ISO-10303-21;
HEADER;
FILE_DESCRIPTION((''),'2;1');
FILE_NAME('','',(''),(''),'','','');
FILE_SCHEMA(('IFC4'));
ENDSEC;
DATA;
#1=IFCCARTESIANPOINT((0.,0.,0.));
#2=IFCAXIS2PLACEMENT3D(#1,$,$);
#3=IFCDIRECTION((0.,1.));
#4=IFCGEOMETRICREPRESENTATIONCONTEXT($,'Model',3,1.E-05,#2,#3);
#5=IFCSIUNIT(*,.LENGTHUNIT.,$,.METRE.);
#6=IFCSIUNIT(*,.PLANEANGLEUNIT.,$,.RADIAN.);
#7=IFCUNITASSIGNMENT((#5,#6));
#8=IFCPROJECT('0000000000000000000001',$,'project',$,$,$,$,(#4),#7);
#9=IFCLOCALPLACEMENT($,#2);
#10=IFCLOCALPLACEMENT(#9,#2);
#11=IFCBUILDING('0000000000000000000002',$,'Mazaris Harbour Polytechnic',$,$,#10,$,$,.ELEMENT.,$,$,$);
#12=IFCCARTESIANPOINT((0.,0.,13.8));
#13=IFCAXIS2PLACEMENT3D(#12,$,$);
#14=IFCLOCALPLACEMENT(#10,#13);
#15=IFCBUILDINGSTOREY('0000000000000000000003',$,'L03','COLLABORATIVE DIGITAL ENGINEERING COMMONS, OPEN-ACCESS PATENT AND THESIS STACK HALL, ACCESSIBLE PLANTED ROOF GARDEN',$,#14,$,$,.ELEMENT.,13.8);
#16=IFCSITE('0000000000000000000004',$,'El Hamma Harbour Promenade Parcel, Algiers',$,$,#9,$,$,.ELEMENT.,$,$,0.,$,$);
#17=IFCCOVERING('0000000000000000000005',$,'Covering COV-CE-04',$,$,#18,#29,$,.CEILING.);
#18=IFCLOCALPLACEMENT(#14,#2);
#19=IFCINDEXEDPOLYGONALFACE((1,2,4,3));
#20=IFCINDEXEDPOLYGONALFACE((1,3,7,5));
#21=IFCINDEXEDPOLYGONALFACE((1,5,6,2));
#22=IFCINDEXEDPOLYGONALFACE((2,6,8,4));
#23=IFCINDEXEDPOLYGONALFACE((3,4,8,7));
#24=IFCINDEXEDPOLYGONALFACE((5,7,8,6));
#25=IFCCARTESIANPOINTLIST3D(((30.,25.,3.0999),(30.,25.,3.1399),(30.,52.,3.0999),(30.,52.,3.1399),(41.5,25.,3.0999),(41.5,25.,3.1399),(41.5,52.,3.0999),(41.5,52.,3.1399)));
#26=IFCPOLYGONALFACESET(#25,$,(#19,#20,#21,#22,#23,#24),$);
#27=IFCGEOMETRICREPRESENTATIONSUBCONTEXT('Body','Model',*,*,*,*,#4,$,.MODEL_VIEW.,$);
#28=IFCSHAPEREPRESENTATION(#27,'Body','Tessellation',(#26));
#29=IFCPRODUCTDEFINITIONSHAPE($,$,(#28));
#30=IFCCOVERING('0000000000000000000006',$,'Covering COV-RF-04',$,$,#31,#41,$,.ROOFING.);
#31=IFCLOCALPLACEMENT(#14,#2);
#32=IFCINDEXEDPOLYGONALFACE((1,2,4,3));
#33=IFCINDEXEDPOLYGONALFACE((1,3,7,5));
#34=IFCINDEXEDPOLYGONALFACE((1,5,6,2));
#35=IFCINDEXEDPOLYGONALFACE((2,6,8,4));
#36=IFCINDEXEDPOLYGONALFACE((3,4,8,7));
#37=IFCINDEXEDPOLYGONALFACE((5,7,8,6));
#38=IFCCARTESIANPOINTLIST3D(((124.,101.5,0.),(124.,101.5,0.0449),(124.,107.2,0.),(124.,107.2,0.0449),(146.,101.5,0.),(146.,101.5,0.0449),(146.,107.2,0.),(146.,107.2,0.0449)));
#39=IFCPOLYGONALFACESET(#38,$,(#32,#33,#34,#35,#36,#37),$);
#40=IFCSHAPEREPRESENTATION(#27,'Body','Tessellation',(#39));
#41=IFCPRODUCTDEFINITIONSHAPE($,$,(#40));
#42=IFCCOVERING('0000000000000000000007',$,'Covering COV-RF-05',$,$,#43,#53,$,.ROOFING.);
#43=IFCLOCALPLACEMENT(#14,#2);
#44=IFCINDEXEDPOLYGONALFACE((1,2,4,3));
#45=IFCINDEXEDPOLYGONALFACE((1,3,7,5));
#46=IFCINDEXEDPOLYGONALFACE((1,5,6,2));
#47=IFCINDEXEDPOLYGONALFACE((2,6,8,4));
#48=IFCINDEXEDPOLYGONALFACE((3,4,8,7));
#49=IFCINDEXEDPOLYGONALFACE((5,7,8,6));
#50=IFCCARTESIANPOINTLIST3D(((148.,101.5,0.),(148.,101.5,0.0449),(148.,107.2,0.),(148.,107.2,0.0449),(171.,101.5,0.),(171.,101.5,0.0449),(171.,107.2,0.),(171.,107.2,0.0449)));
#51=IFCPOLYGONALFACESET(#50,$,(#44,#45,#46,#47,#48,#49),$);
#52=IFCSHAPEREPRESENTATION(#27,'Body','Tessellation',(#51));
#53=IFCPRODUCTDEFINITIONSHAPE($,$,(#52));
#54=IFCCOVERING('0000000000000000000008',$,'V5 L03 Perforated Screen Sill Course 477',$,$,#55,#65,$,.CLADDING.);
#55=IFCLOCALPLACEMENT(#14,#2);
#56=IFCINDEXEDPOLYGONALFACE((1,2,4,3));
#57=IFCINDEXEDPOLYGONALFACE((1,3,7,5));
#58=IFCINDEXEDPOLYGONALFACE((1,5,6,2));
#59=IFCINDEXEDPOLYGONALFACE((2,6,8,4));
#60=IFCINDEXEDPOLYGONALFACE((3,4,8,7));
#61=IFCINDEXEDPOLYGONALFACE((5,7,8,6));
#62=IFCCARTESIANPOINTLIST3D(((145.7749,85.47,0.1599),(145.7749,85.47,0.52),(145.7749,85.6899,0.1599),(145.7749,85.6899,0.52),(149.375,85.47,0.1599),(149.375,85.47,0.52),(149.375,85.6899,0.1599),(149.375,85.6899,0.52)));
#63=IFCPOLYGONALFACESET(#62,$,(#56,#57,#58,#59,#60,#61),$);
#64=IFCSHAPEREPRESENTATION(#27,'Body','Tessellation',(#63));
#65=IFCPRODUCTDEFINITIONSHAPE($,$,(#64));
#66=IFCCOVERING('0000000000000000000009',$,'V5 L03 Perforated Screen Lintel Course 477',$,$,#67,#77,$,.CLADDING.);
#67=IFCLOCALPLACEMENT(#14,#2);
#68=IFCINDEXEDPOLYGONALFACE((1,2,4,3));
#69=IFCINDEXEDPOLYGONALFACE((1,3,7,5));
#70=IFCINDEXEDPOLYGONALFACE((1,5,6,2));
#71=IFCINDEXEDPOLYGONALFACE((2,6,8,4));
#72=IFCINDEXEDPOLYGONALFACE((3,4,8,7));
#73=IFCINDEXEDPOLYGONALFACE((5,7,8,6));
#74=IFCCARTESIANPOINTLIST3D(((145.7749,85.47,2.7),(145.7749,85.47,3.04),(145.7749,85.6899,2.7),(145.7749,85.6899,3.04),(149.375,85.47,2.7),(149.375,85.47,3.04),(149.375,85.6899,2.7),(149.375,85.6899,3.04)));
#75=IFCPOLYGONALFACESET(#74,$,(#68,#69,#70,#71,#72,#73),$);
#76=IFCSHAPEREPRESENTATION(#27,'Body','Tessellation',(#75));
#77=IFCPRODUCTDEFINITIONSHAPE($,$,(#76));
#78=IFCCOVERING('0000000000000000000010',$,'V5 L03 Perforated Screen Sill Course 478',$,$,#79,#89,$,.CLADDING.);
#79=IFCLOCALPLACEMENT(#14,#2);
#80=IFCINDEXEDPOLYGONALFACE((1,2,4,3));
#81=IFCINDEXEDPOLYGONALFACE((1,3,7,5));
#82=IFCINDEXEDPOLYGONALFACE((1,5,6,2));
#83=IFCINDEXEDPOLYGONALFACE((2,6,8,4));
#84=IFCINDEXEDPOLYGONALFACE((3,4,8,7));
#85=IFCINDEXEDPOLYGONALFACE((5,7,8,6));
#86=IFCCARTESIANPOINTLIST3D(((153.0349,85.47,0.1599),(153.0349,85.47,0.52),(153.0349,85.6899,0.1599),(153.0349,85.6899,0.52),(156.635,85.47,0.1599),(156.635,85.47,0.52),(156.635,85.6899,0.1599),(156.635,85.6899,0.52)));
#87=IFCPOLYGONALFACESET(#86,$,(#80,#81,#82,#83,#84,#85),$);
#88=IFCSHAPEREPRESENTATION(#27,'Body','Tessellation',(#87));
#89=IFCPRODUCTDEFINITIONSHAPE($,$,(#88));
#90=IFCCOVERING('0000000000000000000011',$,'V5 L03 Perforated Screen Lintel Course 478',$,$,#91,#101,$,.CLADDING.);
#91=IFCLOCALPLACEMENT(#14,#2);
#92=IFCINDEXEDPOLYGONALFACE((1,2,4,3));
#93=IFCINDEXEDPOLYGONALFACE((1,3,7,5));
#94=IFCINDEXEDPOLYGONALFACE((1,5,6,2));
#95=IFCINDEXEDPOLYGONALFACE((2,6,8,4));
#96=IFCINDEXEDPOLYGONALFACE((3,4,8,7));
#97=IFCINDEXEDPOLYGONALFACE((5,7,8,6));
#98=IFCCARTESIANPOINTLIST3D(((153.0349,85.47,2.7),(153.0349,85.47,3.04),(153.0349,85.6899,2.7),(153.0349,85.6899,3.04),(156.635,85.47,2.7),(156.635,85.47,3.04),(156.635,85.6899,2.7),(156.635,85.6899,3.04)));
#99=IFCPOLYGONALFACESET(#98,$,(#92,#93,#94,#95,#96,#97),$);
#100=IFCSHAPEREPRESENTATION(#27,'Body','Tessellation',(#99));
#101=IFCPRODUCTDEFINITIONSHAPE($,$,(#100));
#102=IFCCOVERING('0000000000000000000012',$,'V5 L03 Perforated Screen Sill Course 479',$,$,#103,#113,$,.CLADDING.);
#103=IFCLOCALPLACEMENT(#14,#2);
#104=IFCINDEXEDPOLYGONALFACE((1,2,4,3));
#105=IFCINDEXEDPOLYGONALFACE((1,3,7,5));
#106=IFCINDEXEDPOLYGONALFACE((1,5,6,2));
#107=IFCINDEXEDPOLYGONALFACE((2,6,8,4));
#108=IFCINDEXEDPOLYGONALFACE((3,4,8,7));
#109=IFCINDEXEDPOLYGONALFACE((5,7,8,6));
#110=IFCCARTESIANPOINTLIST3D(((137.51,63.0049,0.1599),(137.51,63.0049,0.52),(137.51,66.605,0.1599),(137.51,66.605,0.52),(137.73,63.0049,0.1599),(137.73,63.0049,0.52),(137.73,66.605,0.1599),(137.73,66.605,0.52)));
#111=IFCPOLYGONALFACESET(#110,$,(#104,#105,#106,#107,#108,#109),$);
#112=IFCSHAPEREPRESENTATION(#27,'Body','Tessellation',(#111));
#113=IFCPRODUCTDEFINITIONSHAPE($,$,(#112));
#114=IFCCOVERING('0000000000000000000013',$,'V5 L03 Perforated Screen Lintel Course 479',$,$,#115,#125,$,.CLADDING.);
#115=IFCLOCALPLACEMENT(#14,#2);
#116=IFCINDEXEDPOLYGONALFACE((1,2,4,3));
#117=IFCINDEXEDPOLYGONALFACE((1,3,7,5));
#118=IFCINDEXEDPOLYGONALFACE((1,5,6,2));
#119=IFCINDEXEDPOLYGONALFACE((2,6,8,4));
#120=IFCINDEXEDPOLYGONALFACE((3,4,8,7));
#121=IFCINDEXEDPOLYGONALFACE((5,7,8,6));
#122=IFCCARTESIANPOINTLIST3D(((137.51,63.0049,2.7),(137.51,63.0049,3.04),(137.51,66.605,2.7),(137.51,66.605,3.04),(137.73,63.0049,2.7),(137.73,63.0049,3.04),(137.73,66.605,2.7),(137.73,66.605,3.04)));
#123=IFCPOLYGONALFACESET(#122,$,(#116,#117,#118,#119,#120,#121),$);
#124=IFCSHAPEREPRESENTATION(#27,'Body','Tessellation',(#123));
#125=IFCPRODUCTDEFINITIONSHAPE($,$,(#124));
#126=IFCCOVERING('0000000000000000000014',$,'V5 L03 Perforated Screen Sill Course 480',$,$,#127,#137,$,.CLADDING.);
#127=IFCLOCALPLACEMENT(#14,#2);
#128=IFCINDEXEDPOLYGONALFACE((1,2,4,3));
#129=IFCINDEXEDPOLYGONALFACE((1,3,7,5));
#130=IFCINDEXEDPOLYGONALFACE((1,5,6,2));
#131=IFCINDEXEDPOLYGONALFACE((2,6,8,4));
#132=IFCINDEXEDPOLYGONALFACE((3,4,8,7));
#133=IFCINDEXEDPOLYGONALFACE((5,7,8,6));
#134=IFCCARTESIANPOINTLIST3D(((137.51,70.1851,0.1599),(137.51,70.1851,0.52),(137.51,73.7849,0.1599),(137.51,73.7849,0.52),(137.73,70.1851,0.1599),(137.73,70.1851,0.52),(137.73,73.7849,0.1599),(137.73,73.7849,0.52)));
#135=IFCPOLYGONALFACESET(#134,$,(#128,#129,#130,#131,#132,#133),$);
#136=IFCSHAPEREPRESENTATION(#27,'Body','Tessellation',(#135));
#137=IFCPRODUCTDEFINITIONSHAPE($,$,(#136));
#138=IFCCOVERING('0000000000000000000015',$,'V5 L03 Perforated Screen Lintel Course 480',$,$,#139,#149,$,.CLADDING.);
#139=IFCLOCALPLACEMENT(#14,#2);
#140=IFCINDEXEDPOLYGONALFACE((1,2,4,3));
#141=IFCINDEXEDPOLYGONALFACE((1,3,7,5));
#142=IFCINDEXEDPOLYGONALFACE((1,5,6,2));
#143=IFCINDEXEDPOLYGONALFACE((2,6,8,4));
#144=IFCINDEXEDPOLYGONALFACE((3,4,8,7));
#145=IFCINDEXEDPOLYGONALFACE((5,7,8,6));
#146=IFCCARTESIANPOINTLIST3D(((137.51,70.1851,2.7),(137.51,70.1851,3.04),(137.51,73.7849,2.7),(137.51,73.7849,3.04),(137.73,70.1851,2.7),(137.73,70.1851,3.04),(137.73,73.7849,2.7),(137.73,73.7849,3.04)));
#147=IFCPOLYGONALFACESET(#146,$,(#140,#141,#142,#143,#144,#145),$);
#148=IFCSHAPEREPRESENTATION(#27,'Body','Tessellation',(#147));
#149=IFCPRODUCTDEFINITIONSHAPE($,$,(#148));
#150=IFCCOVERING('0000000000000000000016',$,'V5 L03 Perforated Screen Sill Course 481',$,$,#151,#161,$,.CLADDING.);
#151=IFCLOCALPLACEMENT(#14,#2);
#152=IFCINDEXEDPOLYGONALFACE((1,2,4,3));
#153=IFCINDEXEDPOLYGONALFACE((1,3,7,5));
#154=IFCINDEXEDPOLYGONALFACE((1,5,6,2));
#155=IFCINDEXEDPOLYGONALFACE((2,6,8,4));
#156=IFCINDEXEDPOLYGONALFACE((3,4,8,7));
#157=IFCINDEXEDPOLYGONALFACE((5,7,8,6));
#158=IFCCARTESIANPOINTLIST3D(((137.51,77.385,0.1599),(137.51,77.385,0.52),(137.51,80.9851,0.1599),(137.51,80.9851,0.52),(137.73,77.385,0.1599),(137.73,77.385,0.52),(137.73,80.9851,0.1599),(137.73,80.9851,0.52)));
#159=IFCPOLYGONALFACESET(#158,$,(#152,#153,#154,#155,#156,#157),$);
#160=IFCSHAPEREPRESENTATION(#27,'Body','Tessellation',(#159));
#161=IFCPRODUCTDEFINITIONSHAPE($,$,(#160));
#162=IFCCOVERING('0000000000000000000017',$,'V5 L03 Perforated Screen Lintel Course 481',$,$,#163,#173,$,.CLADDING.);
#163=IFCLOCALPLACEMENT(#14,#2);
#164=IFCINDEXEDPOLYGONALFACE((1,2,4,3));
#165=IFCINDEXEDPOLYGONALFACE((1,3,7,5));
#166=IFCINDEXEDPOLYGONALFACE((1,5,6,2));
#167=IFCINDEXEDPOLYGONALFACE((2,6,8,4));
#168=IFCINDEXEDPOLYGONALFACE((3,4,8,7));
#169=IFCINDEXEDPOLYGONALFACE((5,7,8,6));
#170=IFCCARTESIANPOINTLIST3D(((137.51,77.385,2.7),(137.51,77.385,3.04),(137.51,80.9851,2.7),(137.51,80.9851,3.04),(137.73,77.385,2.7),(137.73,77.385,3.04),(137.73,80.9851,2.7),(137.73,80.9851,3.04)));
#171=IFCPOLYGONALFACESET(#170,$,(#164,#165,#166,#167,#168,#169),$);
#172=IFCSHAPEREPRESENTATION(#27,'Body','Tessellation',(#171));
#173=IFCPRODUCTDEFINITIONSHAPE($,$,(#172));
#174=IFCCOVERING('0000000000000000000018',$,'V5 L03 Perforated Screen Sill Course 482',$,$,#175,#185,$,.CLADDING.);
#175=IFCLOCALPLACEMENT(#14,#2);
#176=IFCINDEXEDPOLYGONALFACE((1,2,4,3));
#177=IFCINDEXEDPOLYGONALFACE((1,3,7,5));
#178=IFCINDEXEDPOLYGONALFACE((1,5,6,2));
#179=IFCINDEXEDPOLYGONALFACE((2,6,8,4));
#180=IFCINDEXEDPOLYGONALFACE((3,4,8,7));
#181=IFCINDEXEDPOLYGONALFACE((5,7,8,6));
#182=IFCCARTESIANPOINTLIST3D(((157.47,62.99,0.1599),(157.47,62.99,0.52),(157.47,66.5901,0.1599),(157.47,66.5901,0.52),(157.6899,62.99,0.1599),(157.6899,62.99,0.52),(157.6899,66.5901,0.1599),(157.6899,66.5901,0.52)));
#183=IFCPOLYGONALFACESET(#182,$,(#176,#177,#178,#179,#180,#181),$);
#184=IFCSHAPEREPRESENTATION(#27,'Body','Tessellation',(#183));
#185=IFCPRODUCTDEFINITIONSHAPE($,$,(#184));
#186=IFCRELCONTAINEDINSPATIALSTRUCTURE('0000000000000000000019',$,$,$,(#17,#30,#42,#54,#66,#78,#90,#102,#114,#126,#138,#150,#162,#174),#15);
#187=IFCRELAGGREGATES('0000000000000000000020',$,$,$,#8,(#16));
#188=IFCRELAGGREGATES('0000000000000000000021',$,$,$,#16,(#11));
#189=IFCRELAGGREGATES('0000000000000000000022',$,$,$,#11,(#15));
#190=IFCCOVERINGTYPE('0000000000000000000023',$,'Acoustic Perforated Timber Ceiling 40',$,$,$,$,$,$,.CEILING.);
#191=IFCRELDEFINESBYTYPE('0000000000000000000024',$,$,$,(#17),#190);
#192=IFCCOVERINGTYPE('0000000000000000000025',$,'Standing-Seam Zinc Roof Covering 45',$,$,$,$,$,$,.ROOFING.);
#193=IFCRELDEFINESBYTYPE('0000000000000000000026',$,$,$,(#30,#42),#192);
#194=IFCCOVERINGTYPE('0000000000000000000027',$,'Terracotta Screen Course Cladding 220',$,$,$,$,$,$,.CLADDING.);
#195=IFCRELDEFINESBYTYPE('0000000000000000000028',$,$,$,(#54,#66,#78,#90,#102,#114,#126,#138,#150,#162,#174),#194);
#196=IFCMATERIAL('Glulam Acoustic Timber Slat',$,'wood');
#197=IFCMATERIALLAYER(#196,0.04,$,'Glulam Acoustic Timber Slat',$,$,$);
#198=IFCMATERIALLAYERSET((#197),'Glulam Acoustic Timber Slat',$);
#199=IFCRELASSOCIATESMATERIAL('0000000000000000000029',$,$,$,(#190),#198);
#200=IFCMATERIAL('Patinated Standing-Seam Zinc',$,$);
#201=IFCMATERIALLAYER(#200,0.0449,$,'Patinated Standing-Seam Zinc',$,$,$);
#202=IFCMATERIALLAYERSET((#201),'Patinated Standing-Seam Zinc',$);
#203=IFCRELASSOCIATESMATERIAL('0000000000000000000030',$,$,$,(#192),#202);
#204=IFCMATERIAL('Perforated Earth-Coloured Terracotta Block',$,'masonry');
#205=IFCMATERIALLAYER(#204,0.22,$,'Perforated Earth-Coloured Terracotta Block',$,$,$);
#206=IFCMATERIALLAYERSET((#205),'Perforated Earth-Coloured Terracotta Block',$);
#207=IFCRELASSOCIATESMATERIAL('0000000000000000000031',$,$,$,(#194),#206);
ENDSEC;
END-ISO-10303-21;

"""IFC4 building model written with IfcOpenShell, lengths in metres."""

from ifc_helpers import new_model, si_unit, direction, frame, origin, place, context, subcontext, project, spatial, polyline, outline, extrude, material, layer, layer_set, type_object, element, save


model = new_model("IFC4")

# Units and contexts
model_context = context("Model", 3, precision=1e-05, world=origin(), true_north=direction((0.0, 1.0)))
body_context = subcontext(model_context, "Body", "Model", "MODEL_VIEW")
ifc_project = project(units=[si_unit("LENGTHUNIT", "METRE"), si_unit("PLANEANGLEUNIT", "RADIAN")], contexts=[model_context])

# Site, building, storey
site_placement = place(None, origin())
site = spatial("IfcSite", under=ifc_project, at=site_placement, Name="El Hamma Harbour Promenade Parcel, Algiers", CompositionType="ELEMENT", RefElevation=0.0)
building_placement = place(site_placement, origin())
building = spatial("IfcBuilding", under=site, at=building_placement, Name="Mazaris Harbour Polytechnic", CompositionType="ELEMENT")
storey_placement = place(building_placement, frame((0.0, 0.0, 13.8)))
storey = spatial("IfcBuildingStorey", under=building, at=storey_placement, Name="L03", Description="COLLABORATIVE DIGITAL ENGINEERING COMMONS, OPEN-ACCESS PATENT AND THESIS STACK HALL, ACCESSIBLE PLANTED ROOF GARDEN", CompositionType="ELEMENT", Elevation=13.8)

# Covering
ifc_material_1 = material(Name="Glulam Acoustic Timber Slat", Category="wood")
ifc_layer_1 = layer(ifc_material_1, 0.04, Name="Glulam Acoustic Timber Slat")
ifc_layer_set_1 = layer_set([ifc_layer_1], Name="Glulam Acoustic Timber Slat")
covering_type_1 = type_object("IfcCoveringType", Name="Acoustic Perforated Timber Ceiling 40", PredefinedType="CEILING", material=ifc_layer_set_1)
covering_1_placement = place(storey_placement, frame((0.0, 0.0, 3.0999)))
element("IfcCovering", 1, at=covering_1_placement, inside=storey, type_object=covering_type_1, Name="Covering COV-CE-04", PredefinedType="CEILING", context=body_context, shape_type="SweptSolid", body=[
    extrude(outline(polyline([(30.0, 25.0), (41.5, 25.0), (41.5, 52.0), (30.0, 52.0), (30.0, 25.0)])), origin(), (0.0, 0.0, 1.0), 0.04),
])

# Coverings
ifc_material_2 = material(Name="Patinated Standing-Seam Zinc")
ifc_layer_2 = layer(ifc_material_2, 0.0449, Name="Patinated Standing-Seam Zinc")
ifc_layer_set_2 = layer_set([ifc_layer_2], Name="Patinated Standing-Seam Zinc")
covering_type_2 = type_object("IfcCoveringType", Name="Standing-Seam Zinc Roof Covering 45", PredefinedType="ROOFING", material=ifc_layer_set_2)
covering_2_placement = place(storey_placement, origin())
element("IfcCovering", 2, at=covering_2_placement, inside=storey, type_object=covering_type_2, Name="Covering COV-RF-04", PredefinedType="ROOFING", context=body_context, shape_type="SweptSolid", body=[
    extrude(outline(polyline([(124.0, 101.5), (146.0, 101.5), (146.0, 107.2), (124.0, 107.2), (124.0, 101.5)])), origin(), (0.0, 0.0, 1.0), 0.0449),
])
covering_3_placement = place(storey_placement, origin())
element("IfcCovering", 3, at=covering_3_placement, inside=storey, type_object=covering_type_2, Name="Covering COV-RF-05", PredefinedType="ROOFING", context=body_context, shape_type="SweptSolid", body=[
    extrude(outline(polyline([(148.0, 101.5), (171.0, 101.5), (171.0, 107.2), (148.0, 107.2), (148.0, 101.5)])), origin(), (0.0, 0.0, 1.0), 0.0449),
])
ifc_material_3 = material(Name="Perforated Earth-Coloured Terracotta Block", Category="masonry")
ifc_layer_3 = layer(ifc_material_3, 0.22, Name="Perforated Earth-Coloured Terracotta Block")
ifc_layer_set_3 = layer_set([ifc_layer_3], Name="Perforated Earth-Coloured Terracotta Block")
covering_type_3 = type_object("IfcCoveringType", Name="Terracotta Screen Course Cladding 220", PredefinedType="CLADDING", material=ifc_layer_set_3)
covering_4_placement = place(storey_placement, frame((0.0, 0.0, 0.1599)))
element("IfcCovering", 4, at=covering_4_placement, inside=storey, type_object=covering_type_3, Name="V5 L03 Perforated Screen Sill Course 477", PredefinedType="CLADDING", context=body_context, shape_type="SweptSolid", body=[
    extrude(outline(polyline([(149.375, 85.6899), (145.7749, 85.6899), (145.7749, 85.47), (149.375, 85.47), (149.375, 85.6899)])), origin(), (0.0, 0.0, 1.0), 0.3601),
])
covering_5_placement = place(storey_placement, frame((0.0, 0.0, 2.7)))
element("IfcCovering", 5, at=covering_5_placement, inside=storey, type_object=covering_type_3, Name="V5 L03 Perforated Screen Lintel Course 477", PredefinedType="CLADDING", context=body_context, shape_type="SweptSolid", body=[
    extrude(outline(polyline([(149.375, 85.6899), (145.7749, 85.6899), (145.7749, 85.47), (149.375, 85.47), (149.375, 85.6899)])), origin(), (0.0, 0.0, 1.0), 0.3401),
])
covering_6_placement = place(storey_placement, frame((0.0, 0.0, 0.1599)))
element("IfcCovering", 6, at=covering_6_placement, inside=storey, type_object=covering_type_3, Name="V5 L03 Perforated Screen Sill Course 478", PredefinedType="CLADDING", context=body_context, shape_type="SweptSolid", body=[
    extrude(outline(polyline([(156.635, 85.6899), (153.0349, 85.6899), (153.0349, 85.47), (156.635, 85.47), (156.635, 85.6899)])), origin(), (0.0, 0.0, 1.0), 0.3601),
])
covering_7_placement = place(storey_placement, frame((0.0, 0.0, 2.7)))
element("IfcCovering", 7, at=covering_7_placement, inside=storey, type_object=covering_type_3, Name="V5 L03 Perforated Screen Lintel Course 478", PredefinedType="CLADDING", context=body_context, shape_type="SweptSolid", body=[
    extrude(outline(polyline([(156.635, 85.6899), (153.0349, 85.6899), (153.0349, 85.47), (156.635, 85.47), (156.635, 85.6899)])), origin(), (0.0, 0.0, 1.0), 0.3401),
])
covering_8_placement = place(storey_placement, frame((0.0, 0.0, 0.1599)))
element("IfcCovering", 8, at=covering_8_placement, inside=storey, type_object=covering_type_3, Name="V5 L03 Perforated Screen Sill Course 479", PredefinedType="CLADDING", context=body_context, shape_type="SweptSolid", body=[
    extrude(outline(polyline([(137.51, 63.0049), (137.51, 66.605), (137.73, 66.605), (137.73, 63.0049), (137.51, 63.0049)])), origin(), (0.0, 0.0, 1.0), 0.3601),
])
covering_9_placement = place(storey_placement, frame((0.0, 0.0, 2.7)))
element("IfcCovering", 9, at=covering_9_placement, inside=storey, type_object=covering_type_3, Name="V5 L03 Perforated Screen Lintel Course 479", PredefinedType="CLADDING", context=body_context, shape_type="SweptSolid", body=[
    extrude(outline(polyline([(137.51, 63.0049), (137.51, 66.605), (137.73, 66.605), (137.73, 63.0049), (137.51, 63.0049)])), origin(), (0.0, 0.0, 1.0), 0.3401),
])
covering_10_placement = place(storey_placement, frame((0.0, 0.0, 0.1599)))
element("IfcCovering", 10, at=covering_10_placement, inside=storey, type_object=covering_type_3, Name="V5 L03 Perforated Screen Sill Course 480", PredefinedType="CLADDING", context=body_context, shape_type="SweptSolid", body=[
    extrude(outline(polyline([(137.51, 70.1851), (137.51, 73.7849), (137.73, 73.7849), (137.73, 70.1851), (137.51, 70.1851)])), origin(), (0.0, 0.0, 1.0), 0.3601),
])
covering_11_placement = place(storey_placement, frame((0.0, 0.0, 2.7)))
element("IfcCovering", 11, at=covering_11_placement, inside=storey, type_object=covering_type_3, Name="V5 L03 Perforated Screen Lintel Course 480", PredefinedType="CLADDING", context=body_context, shape_type="SweptSolid", body=[
    extrude(outline(polyline([(137.51, 70.1851), (137.51, 73.7849), (137.73, 73.7849), (137.73, 70.1851), (137.51, 70.1851)])), origin(), (0.0, 0.0, 1.0), 0.3401),
])
covering_12_placement = place(storey_placement, frame((0.0, 0.0, 0.1599)))
element("IfcCovering", 12, at=covering_12_placement, inside=storey, type_object=covering_type_3, Name="V5 L03 Perforated Screen Sill Course 481", PredefinedType="CLADDING", context=body_context, shape_type="SweptSolid", body=[
    extrude(outline(polyline([(137.51, 77.385), (137.51, 80.9851), (137.73, 80.9851), (137.73, 77.385), (137.51, 77.385)])), origin(), (0.0, 0.0, 1.0), 0.3601),
])
covering_13_placement = place(storey_placement, frame((0.0, 0.0, 2.7)))
element("IfcCovering", 13, at=covering_13_placement, inside=storey, type_object=covering_type_3, Name="V5 L03 Perforated Screen Lintel Course 481", PredefinedType="CLADDING", context=body_context, shape_type="SweptSolid", body=[
    extrude(outline(polyline([(137.51, 77.385), (137.51, 80.9851), (137.73, 80.9851), (137.73, 77.385), (137.51, 77.385)])), origin(), (0.0, 0.0, 1.0), 0.3401),
])
covering_14_placement = place(storey_placement, frame((0.0, 0.0, 0.1599)))
element("IfcCovering", 14, at=covering_14_placement, inside=storey, type_object=covering_type_3, Name="V5 L03 Perforated Screen Sill Course 482", PredefinedType="CLADDING", context=body_context, shape_type="SweptSolid", body=[
    extrude(outline(polyline([(157.6899, 66.5901), (157.6899, 62.99), (157.47, 62.99), (157.47, 66.5901), (157.6899, 66.5901)])), origin(), (0.0, 0.0, 1.0), 0.3601),
])

save(model, "model.ifc")
